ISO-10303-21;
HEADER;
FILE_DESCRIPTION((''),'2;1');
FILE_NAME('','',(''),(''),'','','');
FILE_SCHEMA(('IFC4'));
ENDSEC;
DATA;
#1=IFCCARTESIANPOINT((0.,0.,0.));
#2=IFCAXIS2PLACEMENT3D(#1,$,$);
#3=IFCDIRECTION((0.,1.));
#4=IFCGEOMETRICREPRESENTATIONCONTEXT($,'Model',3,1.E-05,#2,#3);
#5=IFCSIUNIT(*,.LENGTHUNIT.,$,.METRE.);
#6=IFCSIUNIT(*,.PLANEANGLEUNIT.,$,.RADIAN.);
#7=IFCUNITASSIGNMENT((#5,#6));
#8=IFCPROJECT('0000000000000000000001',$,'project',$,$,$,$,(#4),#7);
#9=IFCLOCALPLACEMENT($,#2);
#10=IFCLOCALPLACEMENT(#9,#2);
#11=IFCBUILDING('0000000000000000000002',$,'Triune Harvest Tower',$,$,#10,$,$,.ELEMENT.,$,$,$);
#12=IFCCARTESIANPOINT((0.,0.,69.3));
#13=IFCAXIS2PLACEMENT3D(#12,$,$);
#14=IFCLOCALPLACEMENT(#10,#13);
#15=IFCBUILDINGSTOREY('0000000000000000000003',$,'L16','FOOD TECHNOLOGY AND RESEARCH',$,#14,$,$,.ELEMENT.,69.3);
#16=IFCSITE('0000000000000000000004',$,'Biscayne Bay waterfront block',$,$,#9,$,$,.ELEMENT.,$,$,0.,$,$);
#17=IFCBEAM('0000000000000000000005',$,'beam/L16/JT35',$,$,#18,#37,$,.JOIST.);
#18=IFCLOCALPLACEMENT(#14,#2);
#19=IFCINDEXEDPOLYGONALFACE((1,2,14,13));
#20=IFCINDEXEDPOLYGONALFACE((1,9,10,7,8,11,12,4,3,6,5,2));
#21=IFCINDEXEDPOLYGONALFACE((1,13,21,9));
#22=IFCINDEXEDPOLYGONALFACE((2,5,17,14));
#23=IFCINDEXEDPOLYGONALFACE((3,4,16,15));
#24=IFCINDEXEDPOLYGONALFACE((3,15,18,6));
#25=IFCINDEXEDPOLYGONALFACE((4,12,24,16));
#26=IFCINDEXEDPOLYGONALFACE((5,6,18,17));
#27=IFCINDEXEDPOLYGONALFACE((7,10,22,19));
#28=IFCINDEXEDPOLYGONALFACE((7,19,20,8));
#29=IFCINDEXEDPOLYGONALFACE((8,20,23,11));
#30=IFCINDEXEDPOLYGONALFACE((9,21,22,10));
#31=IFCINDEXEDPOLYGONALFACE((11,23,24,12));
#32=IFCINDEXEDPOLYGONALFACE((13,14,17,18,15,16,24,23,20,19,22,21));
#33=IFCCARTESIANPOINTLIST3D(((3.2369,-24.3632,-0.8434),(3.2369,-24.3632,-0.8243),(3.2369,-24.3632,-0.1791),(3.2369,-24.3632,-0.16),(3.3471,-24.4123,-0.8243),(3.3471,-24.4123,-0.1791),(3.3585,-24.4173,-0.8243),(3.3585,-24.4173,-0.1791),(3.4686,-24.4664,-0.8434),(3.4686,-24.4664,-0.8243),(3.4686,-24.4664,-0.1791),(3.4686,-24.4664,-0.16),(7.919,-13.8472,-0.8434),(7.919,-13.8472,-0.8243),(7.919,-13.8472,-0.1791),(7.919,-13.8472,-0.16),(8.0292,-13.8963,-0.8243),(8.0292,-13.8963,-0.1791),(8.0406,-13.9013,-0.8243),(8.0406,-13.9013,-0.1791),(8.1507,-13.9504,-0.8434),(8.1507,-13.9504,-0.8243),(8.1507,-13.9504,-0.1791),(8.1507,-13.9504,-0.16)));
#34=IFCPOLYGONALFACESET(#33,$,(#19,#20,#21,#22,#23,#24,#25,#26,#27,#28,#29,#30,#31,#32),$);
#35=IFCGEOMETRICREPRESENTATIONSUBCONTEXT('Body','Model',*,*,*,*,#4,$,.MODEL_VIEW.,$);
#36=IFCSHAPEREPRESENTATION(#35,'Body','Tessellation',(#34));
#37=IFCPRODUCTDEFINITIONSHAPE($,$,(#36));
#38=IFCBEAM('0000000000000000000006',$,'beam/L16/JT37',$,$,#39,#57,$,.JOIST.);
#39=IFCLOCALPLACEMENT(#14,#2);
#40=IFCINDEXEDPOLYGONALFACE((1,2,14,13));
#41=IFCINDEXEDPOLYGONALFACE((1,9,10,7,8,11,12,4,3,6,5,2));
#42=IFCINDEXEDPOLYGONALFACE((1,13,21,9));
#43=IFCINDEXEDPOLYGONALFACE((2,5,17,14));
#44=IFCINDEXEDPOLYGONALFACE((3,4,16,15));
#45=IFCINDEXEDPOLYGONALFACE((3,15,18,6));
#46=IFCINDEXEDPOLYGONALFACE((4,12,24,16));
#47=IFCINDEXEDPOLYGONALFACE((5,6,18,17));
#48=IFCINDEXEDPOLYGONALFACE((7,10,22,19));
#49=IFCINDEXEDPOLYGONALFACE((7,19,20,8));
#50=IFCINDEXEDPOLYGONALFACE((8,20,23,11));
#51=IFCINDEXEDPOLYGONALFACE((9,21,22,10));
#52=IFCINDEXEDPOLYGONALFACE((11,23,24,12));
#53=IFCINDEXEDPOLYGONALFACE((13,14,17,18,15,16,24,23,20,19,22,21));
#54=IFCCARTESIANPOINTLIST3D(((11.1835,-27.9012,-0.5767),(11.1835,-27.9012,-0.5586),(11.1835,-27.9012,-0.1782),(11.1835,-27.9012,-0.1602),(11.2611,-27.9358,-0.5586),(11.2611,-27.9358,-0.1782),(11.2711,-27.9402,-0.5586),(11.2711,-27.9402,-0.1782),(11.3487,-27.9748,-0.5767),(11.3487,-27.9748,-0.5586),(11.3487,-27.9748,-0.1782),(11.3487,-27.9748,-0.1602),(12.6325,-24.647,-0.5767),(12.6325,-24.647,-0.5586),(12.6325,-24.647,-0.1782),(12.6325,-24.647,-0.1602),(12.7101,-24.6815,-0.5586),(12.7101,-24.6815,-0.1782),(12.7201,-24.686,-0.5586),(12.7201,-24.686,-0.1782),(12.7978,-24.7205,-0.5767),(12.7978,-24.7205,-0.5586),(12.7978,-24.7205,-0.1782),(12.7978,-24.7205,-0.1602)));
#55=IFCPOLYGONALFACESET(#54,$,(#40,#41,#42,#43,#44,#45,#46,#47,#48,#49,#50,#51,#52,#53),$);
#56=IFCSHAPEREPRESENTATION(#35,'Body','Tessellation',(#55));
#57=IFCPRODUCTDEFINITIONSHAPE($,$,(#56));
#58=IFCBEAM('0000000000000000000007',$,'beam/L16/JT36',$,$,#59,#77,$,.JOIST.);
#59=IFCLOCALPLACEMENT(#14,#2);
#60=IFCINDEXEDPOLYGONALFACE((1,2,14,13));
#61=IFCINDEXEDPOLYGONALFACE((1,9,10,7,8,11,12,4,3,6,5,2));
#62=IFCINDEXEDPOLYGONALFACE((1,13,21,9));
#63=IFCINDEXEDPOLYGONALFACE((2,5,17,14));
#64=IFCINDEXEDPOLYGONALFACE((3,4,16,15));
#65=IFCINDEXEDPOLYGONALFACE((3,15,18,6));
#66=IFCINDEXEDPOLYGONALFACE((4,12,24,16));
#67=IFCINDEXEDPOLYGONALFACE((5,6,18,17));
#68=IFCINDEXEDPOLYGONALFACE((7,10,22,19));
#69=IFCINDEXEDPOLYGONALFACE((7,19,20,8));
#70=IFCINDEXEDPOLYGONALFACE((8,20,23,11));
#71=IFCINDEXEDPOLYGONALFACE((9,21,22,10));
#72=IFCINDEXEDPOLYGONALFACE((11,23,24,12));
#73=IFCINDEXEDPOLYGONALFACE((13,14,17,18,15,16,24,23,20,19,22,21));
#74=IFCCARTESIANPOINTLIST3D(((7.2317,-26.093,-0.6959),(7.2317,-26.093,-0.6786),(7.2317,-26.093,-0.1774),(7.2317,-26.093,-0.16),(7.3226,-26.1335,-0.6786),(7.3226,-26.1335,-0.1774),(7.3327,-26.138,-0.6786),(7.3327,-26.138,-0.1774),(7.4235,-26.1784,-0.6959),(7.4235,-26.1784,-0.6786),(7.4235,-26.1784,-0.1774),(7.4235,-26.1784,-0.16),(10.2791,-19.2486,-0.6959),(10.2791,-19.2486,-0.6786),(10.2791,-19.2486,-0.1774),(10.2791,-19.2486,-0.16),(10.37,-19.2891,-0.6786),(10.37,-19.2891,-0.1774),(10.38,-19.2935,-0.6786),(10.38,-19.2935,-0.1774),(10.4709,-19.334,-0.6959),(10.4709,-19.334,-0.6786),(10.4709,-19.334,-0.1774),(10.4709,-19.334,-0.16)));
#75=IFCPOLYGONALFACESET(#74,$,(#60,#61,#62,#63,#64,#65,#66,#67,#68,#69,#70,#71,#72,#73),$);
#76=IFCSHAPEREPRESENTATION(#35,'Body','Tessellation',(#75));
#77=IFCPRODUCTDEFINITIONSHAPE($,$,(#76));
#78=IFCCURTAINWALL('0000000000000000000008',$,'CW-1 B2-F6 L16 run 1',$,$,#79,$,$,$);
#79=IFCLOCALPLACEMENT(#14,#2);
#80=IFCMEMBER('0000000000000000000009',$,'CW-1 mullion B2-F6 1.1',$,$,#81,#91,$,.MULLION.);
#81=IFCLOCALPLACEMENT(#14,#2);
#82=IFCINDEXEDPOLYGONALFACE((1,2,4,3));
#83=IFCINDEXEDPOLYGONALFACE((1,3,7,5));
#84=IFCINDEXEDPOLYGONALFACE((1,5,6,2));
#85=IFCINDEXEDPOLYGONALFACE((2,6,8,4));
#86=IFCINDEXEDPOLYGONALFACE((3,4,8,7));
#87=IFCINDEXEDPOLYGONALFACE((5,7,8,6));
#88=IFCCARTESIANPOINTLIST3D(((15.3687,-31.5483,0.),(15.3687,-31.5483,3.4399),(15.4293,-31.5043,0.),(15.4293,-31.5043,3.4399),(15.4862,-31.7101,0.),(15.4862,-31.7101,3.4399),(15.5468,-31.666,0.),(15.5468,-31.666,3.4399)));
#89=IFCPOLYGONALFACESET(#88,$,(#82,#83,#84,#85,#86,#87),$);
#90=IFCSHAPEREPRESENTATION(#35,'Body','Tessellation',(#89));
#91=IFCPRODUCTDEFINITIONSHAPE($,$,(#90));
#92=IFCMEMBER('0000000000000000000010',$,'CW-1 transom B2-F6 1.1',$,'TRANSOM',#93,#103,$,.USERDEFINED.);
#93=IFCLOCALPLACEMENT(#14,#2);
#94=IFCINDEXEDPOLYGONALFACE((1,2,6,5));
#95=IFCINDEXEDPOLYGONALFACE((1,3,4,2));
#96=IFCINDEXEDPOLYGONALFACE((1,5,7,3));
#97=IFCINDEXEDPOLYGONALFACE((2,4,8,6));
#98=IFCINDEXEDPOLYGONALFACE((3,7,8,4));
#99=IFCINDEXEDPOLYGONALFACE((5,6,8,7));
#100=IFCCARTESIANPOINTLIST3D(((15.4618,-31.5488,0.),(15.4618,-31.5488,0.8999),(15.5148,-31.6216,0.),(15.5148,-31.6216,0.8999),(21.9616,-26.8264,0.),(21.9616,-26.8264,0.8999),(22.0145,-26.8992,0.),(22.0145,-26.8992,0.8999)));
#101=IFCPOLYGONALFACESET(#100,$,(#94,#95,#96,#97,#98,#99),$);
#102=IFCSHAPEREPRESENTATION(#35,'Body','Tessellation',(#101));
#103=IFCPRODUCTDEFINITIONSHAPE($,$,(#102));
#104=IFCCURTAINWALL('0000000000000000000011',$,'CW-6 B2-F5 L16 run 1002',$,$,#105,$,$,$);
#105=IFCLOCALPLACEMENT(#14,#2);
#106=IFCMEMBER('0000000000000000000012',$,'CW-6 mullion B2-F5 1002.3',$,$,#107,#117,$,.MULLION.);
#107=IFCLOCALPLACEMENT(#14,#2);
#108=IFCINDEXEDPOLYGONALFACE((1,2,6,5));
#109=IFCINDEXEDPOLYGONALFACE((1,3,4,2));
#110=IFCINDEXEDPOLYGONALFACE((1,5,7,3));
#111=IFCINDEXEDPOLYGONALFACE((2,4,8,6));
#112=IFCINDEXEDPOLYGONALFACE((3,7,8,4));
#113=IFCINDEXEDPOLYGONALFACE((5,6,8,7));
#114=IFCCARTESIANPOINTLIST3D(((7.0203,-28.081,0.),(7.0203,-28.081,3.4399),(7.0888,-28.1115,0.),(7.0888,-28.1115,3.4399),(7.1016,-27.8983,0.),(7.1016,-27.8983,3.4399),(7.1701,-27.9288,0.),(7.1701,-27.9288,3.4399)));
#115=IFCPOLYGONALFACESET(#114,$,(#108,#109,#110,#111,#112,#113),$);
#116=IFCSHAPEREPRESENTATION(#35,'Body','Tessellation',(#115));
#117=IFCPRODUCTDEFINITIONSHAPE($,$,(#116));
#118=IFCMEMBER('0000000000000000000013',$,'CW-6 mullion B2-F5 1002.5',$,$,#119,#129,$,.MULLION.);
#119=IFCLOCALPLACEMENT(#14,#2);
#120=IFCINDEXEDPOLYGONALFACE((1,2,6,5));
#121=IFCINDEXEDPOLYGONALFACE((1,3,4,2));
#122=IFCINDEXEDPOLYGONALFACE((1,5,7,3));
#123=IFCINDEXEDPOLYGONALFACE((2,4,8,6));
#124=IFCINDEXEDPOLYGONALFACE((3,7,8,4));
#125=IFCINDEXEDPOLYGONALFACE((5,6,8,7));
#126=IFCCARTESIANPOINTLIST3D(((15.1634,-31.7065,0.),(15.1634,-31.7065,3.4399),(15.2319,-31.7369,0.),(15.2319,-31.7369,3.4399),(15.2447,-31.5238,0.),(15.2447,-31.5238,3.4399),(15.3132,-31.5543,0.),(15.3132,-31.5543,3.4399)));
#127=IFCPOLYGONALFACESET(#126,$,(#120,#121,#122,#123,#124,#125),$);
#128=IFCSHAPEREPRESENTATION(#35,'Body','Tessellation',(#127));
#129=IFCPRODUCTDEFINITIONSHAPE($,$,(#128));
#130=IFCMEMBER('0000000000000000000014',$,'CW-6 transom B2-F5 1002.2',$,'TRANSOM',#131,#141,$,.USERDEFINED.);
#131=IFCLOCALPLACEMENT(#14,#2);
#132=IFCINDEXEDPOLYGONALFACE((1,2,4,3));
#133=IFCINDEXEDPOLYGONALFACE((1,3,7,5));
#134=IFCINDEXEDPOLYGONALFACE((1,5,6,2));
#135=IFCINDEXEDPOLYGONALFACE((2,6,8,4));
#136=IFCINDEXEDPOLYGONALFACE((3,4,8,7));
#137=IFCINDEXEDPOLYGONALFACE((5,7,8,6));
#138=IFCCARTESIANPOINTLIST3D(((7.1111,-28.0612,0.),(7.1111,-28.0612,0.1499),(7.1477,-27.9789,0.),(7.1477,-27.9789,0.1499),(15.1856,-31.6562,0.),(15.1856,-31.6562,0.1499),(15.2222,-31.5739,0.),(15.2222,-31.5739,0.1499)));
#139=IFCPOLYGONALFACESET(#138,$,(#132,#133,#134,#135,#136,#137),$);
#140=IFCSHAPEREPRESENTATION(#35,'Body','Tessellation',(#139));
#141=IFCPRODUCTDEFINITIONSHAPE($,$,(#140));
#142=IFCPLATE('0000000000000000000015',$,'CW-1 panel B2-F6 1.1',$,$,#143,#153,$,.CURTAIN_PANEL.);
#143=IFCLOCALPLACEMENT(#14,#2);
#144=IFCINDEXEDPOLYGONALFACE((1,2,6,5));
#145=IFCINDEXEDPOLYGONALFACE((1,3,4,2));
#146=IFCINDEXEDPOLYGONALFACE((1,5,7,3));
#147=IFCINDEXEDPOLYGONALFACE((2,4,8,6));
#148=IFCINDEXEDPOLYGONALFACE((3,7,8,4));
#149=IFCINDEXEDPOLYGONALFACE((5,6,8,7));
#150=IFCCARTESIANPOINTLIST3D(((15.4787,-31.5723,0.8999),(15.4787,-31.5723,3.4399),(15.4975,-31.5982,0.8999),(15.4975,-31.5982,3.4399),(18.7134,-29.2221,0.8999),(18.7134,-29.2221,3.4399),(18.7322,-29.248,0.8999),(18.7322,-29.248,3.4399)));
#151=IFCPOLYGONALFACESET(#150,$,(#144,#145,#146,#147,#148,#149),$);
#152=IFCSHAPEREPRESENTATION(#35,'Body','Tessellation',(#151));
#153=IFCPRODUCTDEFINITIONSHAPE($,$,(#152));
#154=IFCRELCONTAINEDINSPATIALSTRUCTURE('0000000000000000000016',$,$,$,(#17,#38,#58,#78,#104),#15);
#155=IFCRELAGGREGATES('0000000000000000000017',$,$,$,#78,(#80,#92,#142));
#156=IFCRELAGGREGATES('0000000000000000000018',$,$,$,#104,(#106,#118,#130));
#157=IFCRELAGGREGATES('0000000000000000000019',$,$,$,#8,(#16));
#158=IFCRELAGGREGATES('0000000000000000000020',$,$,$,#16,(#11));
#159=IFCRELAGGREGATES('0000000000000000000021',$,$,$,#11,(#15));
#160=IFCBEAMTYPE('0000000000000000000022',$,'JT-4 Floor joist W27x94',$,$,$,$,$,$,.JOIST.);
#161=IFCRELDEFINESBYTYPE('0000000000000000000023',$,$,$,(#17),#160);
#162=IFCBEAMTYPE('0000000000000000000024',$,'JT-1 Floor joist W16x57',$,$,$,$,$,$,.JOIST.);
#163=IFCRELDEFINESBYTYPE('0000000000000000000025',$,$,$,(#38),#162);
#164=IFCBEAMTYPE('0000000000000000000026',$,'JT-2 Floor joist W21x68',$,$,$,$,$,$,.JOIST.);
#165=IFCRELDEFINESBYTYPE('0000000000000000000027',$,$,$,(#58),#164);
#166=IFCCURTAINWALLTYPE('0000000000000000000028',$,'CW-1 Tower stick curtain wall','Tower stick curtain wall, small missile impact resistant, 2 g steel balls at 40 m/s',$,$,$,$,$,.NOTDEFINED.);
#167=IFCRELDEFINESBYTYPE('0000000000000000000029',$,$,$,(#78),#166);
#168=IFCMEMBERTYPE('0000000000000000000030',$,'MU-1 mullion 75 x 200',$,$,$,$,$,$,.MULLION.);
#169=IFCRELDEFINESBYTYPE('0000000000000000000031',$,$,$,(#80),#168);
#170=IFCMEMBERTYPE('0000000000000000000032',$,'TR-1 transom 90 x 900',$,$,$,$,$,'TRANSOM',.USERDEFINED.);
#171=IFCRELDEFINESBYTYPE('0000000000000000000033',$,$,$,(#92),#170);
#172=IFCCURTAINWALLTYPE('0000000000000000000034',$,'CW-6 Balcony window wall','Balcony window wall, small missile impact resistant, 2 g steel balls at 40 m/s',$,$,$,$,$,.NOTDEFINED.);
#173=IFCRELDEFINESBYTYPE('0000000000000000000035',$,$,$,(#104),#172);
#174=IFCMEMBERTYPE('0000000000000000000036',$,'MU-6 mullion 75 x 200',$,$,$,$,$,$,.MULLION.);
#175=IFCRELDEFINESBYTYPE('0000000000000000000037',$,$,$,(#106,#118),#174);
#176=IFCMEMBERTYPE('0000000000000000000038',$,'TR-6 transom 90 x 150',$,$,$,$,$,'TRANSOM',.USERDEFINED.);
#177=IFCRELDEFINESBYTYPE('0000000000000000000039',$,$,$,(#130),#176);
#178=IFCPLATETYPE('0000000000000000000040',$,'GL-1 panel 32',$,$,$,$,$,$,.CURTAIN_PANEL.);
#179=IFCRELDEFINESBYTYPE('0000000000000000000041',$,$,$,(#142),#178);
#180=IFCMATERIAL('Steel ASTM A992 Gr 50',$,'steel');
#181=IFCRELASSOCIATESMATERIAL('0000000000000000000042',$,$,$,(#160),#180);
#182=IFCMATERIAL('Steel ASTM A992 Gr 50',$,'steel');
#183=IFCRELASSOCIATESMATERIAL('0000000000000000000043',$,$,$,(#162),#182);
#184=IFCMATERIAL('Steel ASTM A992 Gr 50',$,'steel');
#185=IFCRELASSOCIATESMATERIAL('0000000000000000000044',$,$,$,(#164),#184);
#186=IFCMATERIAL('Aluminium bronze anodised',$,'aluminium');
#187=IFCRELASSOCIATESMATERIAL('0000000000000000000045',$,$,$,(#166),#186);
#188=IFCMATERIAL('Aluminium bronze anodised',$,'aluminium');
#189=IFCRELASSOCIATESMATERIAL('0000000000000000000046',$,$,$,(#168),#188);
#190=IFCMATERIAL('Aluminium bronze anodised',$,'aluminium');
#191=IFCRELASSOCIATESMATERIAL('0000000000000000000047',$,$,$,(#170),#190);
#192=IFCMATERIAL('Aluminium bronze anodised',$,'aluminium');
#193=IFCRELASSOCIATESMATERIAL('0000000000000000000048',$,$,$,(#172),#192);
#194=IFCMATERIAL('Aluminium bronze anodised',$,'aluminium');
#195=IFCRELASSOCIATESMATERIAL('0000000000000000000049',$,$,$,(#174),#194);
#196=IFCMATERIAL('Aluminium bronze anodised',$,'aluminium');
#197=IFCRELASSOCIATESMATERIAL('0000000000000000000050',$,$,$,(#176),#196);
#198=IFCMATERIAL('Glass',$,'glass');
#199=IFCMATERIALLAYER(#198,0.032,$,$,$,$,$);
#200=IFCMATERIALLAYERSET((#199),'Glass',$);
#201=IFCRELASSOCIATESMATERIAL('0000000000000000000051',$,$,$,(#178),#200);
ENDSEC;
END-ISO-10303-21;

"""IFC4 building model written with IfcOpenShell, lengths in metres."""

from ifc_helpers import new_model, si_unit, direction, frame, origin, origin_2d, place, context, subcontext, project, spatial, rectangle, i_section, extrude, source, transform, mapped, material, layer, layer_set, material_profile, profile_set, type_object, element, aggregate, save


model = new_model("IFC4")

# Units and contexts
model_context = context("Model", 3, precision=1e-05, world=origin(), true_north=direction((0.0, 1.0)))
body_context = subcontext(model_context, "Body", "Model", "MODEL_VIEW")
ifc_project = project(units=[si_unit("LENGTHUNIT", "METRE"), si_unit("PLANEANGLEUNIT", "RADIAN")], contexts=[model_context])

# Site, building, storey
site_placement = place(None, origin())
site = spatial("IfcSite", under=ifc_project, at=site_placement, Name="Biscayne Bay waterfront block", CompositionType="ELEMENT", RefElevation=0.0)
building_placement = place(site_placement, origin())
building = spatial("IfcBuilding", under=site, at=building_placement, Name="Triune Harvest Tower", CompositionType="ELEMENT")
storey_placement = place(building_placement, frame((0.0, 0.0, 69.3)))
storey = spatial("IfcBuildingStorey", under=building, at=storey_placement, Name="L16", Description="FOOD TECHNOLOGY AND RESEARCH", CompositionType="ELEMENT", Elevation=69.3)

# Beams
ifc_material_1 = material(Name="Steel ASTM A992 Gr 50", Category="steel")
ifc_material_profile_1 = material_profile(ifc_material_1, i_section(OverallWidth=0.2537, OverallDepth=0.6833, WebThickness=0.0125, FlangeThickness=0.019, at=origin_2d()), Name="W27x94")
ifc_profile_set_1 = profile_set([ifc_material_profile_1], Name="Steel ASTM A992 Gr 50")
beam_type_1 = type_object("IfcBeamType", Name="JT-4 Floor joist W27x94", PredefinedType="JOIST", material=ifc_profile_set_1)
shared_shape_1 = source(origin(), body_context, "Body", "SweptSolid", [
    extrude(i_section(OverallWidth=0.2537, OverallDepth=0.6833, WebThickness=0.0125, FlangeThickness=0.019, at=origin_2d()), origin(), (0.0, 0.0, 1.0), 11.5112),
])
beam_1_placement = place(storey_placement, frame((3.3528, -24.4148, -0.5017), z_axis=(0.406741, 0.913544, 0.0), x_axis=(-0.913544, 0.406741, 0.0)))
element("IfcBeam", 1, at=beam_1_placement, inside=storey, type_object=beam_type_1, Name="beam/L16/JT35", PredefinedType="JOIST", context=body_context, shape_type="MappedRepresentation", body=[
    mapped(shared_shape_1, transform((0.0, 0.0, 0.0), scale=1.0)),
])
ifc_material_2 = material(Name="Steel ASTM A992 Gr 50", Category="steel")
ifc_material_profile_2 = material_profile(ifc_material_2, i_section(OverallWidth=0.1809, OverallDepth=0.4165, WebThickness=0.011, FlangeThickness=0.0181, at=origin_2d()), Name="W16x57")
ifc_profile_set_2 = profile_set([ifc_material_profile_2], Name="Steel ASTM A992 Gr 50")
beam_type_2 = type_object("IfcBeamType", Name="JT-1 Floor joist W16x57", PredefinedType="JOIST", material=ifc_profile_set_2)
shared_shape_2 = source(origin(), body_context, "Body", "SweptSolid", [
    extrude(i_section(OverallWidth=0.1809, OverallDepth=0.4165, WebThickness=0.011, FlangeThickness=0.0181, at=origin_2d()), origin(), (0.0, 0.0, 1.0), 3.5623),
])
beam_2_placement = place(storey_placement, frame((11.2661, -27.938, -0.3684), z_axis=(0.406768, 0.913532, 0.0), x_axis=(-0.913532, 0.406768, 0.0)))
element("IfcBeam", 2, at=beam_2_placement, inside=storey, type_object=beam_type_2, Name="beam/L16/JT37", PredefinedType="JOIST", context=body_context, shape_type="MappedRepresentation", body=[
    mapped(shared_shape_2, transform((0.0, 0.0, 0.0), scale=1.0)),
])
ifc_material_3 = material(Name="Steel ASTM A992 Gr 50", Category="steel")
ifc_material_profile_3 = material_profile(ifc_material_3, i_section(OverallWidth=0.21, OverallDepth=0.5359, WebThickness=0.011, FlangeThickness=0.0173, at=origin_2d()), Name="W21x68")
ifc_profile_set_3 = profile_set([ifc_material_profile_3], Name="Steel ASTM A992 Gr 50")
beam_type_3 = type_object("IfcBeamType", Name="JT-2 Floor joist W21x68", PredefinedType="JOIST", material=ifc_profile_set_3)
shared_shape_3 = source(origin(), body_context, "Body", "SweptSolid", [
    extrude(i_section(OverallWidth=0.21, OverallDepth=0.5359, WebThickness=0.011, FlangeThickness=0.0173, at=origin_2d()), origin(), (0.0, 0.0, 1.0), 7.4922),
])
beam_3_placement = place(storey_placement, frame((7.3276, -26.1357, -0.428), z_axis=(0.406737, 0.913545, 0.0), x_axis=(-0.913545, 0.406737, 0.0)))
element("IfcBeam", 3, at=beam_3_placement, inside=storey, type_object=beam_type_3, Name="beam/L16/JT36", PredefinedType="JOIST", context=body_context, shape_type="MappedRepresentation", body=[
    mapped(shared_shape_3, transform((0.0, 0.0, 0.0), scale=1.0)),
])

# Curtain walls, members
ifc_material_4 = material(Name="Aluminium bronze anodised", Category="aluminium")
curtain_wall_type_1 = type_object("IfcCurtainWallType", Name="CW-1 Tower stick curtain wall", Description="Tower stick curtain wall, small missile impact resistant, 2 g steel balls at 40 m/s", PredefinedType="NOTDEFINED", material=ifc_material_4)
curtain_wall_1_placement = place(storey_placement, origin())
curtain_wall_1 = element("IfcCurtainWall", 4, at=curtain_wall_1_placement, inside=storey, type_object=curtain_wall_type_1, Name="CW-1 B2-F6 L16 run 1")
ifc_material_5 = material(Name="Aluminium bronze anodised", Category="aluminium")
ifc_material_profile_4 = material_profile(ifc_material_5, rectangle(XDim=0.2, YDim=0.075, at=origin_2d()), Name="MU-1 mullion 75 x 200")
ifc_profile_set_4 = profile_set([ifc_material_profile_4], Name="Aluminium bronze anodised")
member_type_1 = type_object("IfcMemberType", Name="MU-1 mullion 75 x 200", PredefinedType="MULLION", material=ifc_profile_set_4)
shared_shape_4 = source(origin(), body_context, "Body", "SweptSolid", [
    extrude(rectangle(XDim=0.2, YDim=0.075, at=origin_2d()), origin(), (0.0, 0.0, 1.0), 3.4399),
])
member_1_placement = place(storey_placement, frame((15.4578, -31.6072, 0.0), z_axis=(0.0, 0.0, 1.0), x_axis=(-0.58779, 0.809013, 0.0)))
member_1 = element("IfcMember", 5, at=member_1_placement, type_object=member_type_1, Name="CW-1 mullion B2-F6 1.1", PredefinedType="MULLION", context=body_context, shape_type="MappedRepresentation", body=[
    mapped(shared_shape_4, transform((0.0, 0.0, 0.0), scale=1.0)),
])
ifc_material_6 = material(Name="Aluminium bronze anodised", Category="aluminium")
ifc_material_profile_5 = material_profile(ifc_material_6, rectangle(XDim=0.0901, YDim=0.8999, at=origin_2d()), Name="TR-1 transom 90 x 900")
ifc_profile_set_5 = profile_set([ifc_material_profile_5], Name="Aluminium bronze anodised")
member_type_2 = type_object("IfcMemberType", Name="TR-1 transom 90 x 900", ElementType="TRANSOM", PredefinedType="USERDEFINED", material=ifc_profile_set_5)
shared_shape_5 = source(origin(), body_context, "Body", "SweptSolid", [
    extrude(rectangle(XDim=0.0901, YDim=0.8999, at=origin_2d()), origin(), (0.0, 0.0, 1.0), 8.0342),
])
member_2_placement = place(storey_placement, frame((15.4883, -31.5852, 0.45), z_axis=(0.809013, 0.58779, 0.0), x_axis=(-0.58779, 0.809013, 0.0)))
member_2 = element("IfcMember", 6, at=member_2_placement, type_object=member_type_2, Name="CW-1 transom B2-F6 1.1", ObjectType="TRANSOM", PredefinedType="USERDEFINED", context=body_context, shape_type="MappedRepresentation", body=[
    mapped(shared_shape_5, transform((0.0, 0.0, 0.0), scale=1.0)),
])
ifc_material_7 = material(Name="Aluminium bronze anodised", Category="aluminium")
curtain_wall_type_2 = type_object("IfcCurtainWallType", Name="CW-6 Balcony window wall", Description="Balcony window wall, small missile impact resistant, 2 g steel balls at 40 m/s", PredefinedType="NOTDEFINED", material=ifc_material_7)
curtain_wall_2_placement = place(storey_placement, origin())
curtain_wall_2 = element("IfcCurtainWall", 7, at=curtain_wall_2_placement, inside=storey, type_object=curtain_wall_type_2, Name="CW-6 B2-F5 L16 run 1002")
ifc_material_8 = material(Name="Aluminium bronze anodised", Category="aluminium")
ifc_material_profile_6 = material_profile(ifc_material_8, rectangle(XDim=0.2, YDim=0.075, at=origin_2d()), Name="MU-6 mullion 75 x 200")
ifc_profile_set_6 = profile_set([ifc_material_profile_6], Name="Aluminium bronze anodised")
member_type_3 = type_object("IfcMemberType", Name="MU-6 mullion 75 x 200", PredefinedType="MULLION", material=ifc_profile_set_6)
shared_shape_6 = source(origin(), body_context, "Body", "SweptSolid", [
    extrude(rectangle(XDim=0.2, YDim=0.075, at=origin_2d()), origin(), (0.0, 0.0, 1.0), 3.4399),
])
member_3_placement = place(storey_placement, frame((7.0952, -28.0049, 0.0), z_axis=(0.0, 0.0, 1.0), x_axis=(0.406735, 0.913546, 0.0)))
member_3 = element("IfcMember", 8, at=member_3_placement, type_object=member_type_3, Name="CW-6 mullion B2-F5 1002.3", PredefinedType="MULLION", context=body_context, shape_type="MappedRepresentation", body=[
    mapped(shared_shape_6, transform((0.0, 0.0, 0.0), scale=1.0)),
])
member_4_placement = place(storey_placement, frame((15.2383, -31.6304, 0.0), z_axis=(0.0, 0.0, 1.0), x_axis=(0.406735, 0.913546, 0.0)))
member_4 = element("IfcMember", 9, at=member_4_placement, type_object=member_type_3, Name="CW-6 mullion B2-F5 1002.5", PredefinedType="MULLION", context=body_context, shape_type="MappedRepresentation", body=[
    mapped(shared_shape_6, transform((0.0, 0.0, 0.0), scale=1.0)),
])
ifc_material_9 = material(Name="Aluminium bronze anodised", Category="aluminium")
ifc_material_profile_7 = material_profile(ifc_material_9, rectangle(XDim=0.0901, YDim=0.1499, at=origin_2d()), Name="TR-6 transom 90 x 150")
ifc_profile_set_7 = profile_set([ifc_material_profile_7], Name="Aluminium bronze anodised")
member_type_4 = type_object("IfcMemberType", Name="TR-6 transom 90 x 150", ElementType="TRANSOM", PredefinedType="USERDEFINED", material=ifc_profile_set_7)
shared_shape_7 = source(origin(), body_context, "Body", "SweptSolid", [
    extrude(rectangle(XDim=0.0901, YDim=0.1499, at=origin_2d()), origin(), (0.0, 0.0, 1.0), 8.8386),
])
member_5_placement = place(storey_placement, frame((7.1294, -28.02, 0.075), z_axis=(0.913546, -0.406736, 0.0), x_axis=(0.406736, 0.913546, 0.0)))
member_5 = element("IfcMember", 10, at=member_5_placement, type_object=member_type_4, Name="CW-6 transom B2-F5 1002.2", ObjectType="TRANSOM", PredefinedType="USERDEFINED", context=body_context, shape_type="MappedRepresentation", body=[
    mapped(shared_shape_7, transform((0.0, 0.0, 0.0), scale=1.0)),
])

# Plate
ifc_material_10 = material(Name="Glass", Category="glass")
ifc_layer_1 = layer(ifc_material_10, 0.032)
ifc_layer_set_1 = layer_set([ifc_layer_1], Name="Glass")
plate_type_1 = type_object("IfcPlateType", Name="GL-1 panel 32", PredefinedType="CURTAIN_PANEL", material=ifc_layer_set_1)
shared_shape_8 = source(origin(), body_context, "Body", "SweptSolid", [
    extrude(rectangle(XDim=3.9983, YDim=0.032, at=origin_2d()), origin(), (0.0, 0.0, 1.0), 2.54),
])
plate_1_placement = place(storey_placement, frame((17.1055, -30.4102, 0.8999), z_axis=(0.0, 0.0, 1.0), x_axis=(0.809013, 0.58779, 0.0)))
plate_1 = element("IfcPlate", 11, at=plate_1_placement, type_object=plate_type_1, Name="CW-1 panel B2-F6 1.1", PredefinedType="CURTAIN_PANEL", context=body_context, shape_type="MappedRepresentation", body=[
    mapped(shared_shape_8, transform((0.0, 0.0, 0.0), scale=1.0)),
])
aggregate(curtain_wall_1, [member_1, member_2, plate_1])
aggregate(curtain_wall_2, [member_3, member_4, member_5])

save(model, "model.ifc")
